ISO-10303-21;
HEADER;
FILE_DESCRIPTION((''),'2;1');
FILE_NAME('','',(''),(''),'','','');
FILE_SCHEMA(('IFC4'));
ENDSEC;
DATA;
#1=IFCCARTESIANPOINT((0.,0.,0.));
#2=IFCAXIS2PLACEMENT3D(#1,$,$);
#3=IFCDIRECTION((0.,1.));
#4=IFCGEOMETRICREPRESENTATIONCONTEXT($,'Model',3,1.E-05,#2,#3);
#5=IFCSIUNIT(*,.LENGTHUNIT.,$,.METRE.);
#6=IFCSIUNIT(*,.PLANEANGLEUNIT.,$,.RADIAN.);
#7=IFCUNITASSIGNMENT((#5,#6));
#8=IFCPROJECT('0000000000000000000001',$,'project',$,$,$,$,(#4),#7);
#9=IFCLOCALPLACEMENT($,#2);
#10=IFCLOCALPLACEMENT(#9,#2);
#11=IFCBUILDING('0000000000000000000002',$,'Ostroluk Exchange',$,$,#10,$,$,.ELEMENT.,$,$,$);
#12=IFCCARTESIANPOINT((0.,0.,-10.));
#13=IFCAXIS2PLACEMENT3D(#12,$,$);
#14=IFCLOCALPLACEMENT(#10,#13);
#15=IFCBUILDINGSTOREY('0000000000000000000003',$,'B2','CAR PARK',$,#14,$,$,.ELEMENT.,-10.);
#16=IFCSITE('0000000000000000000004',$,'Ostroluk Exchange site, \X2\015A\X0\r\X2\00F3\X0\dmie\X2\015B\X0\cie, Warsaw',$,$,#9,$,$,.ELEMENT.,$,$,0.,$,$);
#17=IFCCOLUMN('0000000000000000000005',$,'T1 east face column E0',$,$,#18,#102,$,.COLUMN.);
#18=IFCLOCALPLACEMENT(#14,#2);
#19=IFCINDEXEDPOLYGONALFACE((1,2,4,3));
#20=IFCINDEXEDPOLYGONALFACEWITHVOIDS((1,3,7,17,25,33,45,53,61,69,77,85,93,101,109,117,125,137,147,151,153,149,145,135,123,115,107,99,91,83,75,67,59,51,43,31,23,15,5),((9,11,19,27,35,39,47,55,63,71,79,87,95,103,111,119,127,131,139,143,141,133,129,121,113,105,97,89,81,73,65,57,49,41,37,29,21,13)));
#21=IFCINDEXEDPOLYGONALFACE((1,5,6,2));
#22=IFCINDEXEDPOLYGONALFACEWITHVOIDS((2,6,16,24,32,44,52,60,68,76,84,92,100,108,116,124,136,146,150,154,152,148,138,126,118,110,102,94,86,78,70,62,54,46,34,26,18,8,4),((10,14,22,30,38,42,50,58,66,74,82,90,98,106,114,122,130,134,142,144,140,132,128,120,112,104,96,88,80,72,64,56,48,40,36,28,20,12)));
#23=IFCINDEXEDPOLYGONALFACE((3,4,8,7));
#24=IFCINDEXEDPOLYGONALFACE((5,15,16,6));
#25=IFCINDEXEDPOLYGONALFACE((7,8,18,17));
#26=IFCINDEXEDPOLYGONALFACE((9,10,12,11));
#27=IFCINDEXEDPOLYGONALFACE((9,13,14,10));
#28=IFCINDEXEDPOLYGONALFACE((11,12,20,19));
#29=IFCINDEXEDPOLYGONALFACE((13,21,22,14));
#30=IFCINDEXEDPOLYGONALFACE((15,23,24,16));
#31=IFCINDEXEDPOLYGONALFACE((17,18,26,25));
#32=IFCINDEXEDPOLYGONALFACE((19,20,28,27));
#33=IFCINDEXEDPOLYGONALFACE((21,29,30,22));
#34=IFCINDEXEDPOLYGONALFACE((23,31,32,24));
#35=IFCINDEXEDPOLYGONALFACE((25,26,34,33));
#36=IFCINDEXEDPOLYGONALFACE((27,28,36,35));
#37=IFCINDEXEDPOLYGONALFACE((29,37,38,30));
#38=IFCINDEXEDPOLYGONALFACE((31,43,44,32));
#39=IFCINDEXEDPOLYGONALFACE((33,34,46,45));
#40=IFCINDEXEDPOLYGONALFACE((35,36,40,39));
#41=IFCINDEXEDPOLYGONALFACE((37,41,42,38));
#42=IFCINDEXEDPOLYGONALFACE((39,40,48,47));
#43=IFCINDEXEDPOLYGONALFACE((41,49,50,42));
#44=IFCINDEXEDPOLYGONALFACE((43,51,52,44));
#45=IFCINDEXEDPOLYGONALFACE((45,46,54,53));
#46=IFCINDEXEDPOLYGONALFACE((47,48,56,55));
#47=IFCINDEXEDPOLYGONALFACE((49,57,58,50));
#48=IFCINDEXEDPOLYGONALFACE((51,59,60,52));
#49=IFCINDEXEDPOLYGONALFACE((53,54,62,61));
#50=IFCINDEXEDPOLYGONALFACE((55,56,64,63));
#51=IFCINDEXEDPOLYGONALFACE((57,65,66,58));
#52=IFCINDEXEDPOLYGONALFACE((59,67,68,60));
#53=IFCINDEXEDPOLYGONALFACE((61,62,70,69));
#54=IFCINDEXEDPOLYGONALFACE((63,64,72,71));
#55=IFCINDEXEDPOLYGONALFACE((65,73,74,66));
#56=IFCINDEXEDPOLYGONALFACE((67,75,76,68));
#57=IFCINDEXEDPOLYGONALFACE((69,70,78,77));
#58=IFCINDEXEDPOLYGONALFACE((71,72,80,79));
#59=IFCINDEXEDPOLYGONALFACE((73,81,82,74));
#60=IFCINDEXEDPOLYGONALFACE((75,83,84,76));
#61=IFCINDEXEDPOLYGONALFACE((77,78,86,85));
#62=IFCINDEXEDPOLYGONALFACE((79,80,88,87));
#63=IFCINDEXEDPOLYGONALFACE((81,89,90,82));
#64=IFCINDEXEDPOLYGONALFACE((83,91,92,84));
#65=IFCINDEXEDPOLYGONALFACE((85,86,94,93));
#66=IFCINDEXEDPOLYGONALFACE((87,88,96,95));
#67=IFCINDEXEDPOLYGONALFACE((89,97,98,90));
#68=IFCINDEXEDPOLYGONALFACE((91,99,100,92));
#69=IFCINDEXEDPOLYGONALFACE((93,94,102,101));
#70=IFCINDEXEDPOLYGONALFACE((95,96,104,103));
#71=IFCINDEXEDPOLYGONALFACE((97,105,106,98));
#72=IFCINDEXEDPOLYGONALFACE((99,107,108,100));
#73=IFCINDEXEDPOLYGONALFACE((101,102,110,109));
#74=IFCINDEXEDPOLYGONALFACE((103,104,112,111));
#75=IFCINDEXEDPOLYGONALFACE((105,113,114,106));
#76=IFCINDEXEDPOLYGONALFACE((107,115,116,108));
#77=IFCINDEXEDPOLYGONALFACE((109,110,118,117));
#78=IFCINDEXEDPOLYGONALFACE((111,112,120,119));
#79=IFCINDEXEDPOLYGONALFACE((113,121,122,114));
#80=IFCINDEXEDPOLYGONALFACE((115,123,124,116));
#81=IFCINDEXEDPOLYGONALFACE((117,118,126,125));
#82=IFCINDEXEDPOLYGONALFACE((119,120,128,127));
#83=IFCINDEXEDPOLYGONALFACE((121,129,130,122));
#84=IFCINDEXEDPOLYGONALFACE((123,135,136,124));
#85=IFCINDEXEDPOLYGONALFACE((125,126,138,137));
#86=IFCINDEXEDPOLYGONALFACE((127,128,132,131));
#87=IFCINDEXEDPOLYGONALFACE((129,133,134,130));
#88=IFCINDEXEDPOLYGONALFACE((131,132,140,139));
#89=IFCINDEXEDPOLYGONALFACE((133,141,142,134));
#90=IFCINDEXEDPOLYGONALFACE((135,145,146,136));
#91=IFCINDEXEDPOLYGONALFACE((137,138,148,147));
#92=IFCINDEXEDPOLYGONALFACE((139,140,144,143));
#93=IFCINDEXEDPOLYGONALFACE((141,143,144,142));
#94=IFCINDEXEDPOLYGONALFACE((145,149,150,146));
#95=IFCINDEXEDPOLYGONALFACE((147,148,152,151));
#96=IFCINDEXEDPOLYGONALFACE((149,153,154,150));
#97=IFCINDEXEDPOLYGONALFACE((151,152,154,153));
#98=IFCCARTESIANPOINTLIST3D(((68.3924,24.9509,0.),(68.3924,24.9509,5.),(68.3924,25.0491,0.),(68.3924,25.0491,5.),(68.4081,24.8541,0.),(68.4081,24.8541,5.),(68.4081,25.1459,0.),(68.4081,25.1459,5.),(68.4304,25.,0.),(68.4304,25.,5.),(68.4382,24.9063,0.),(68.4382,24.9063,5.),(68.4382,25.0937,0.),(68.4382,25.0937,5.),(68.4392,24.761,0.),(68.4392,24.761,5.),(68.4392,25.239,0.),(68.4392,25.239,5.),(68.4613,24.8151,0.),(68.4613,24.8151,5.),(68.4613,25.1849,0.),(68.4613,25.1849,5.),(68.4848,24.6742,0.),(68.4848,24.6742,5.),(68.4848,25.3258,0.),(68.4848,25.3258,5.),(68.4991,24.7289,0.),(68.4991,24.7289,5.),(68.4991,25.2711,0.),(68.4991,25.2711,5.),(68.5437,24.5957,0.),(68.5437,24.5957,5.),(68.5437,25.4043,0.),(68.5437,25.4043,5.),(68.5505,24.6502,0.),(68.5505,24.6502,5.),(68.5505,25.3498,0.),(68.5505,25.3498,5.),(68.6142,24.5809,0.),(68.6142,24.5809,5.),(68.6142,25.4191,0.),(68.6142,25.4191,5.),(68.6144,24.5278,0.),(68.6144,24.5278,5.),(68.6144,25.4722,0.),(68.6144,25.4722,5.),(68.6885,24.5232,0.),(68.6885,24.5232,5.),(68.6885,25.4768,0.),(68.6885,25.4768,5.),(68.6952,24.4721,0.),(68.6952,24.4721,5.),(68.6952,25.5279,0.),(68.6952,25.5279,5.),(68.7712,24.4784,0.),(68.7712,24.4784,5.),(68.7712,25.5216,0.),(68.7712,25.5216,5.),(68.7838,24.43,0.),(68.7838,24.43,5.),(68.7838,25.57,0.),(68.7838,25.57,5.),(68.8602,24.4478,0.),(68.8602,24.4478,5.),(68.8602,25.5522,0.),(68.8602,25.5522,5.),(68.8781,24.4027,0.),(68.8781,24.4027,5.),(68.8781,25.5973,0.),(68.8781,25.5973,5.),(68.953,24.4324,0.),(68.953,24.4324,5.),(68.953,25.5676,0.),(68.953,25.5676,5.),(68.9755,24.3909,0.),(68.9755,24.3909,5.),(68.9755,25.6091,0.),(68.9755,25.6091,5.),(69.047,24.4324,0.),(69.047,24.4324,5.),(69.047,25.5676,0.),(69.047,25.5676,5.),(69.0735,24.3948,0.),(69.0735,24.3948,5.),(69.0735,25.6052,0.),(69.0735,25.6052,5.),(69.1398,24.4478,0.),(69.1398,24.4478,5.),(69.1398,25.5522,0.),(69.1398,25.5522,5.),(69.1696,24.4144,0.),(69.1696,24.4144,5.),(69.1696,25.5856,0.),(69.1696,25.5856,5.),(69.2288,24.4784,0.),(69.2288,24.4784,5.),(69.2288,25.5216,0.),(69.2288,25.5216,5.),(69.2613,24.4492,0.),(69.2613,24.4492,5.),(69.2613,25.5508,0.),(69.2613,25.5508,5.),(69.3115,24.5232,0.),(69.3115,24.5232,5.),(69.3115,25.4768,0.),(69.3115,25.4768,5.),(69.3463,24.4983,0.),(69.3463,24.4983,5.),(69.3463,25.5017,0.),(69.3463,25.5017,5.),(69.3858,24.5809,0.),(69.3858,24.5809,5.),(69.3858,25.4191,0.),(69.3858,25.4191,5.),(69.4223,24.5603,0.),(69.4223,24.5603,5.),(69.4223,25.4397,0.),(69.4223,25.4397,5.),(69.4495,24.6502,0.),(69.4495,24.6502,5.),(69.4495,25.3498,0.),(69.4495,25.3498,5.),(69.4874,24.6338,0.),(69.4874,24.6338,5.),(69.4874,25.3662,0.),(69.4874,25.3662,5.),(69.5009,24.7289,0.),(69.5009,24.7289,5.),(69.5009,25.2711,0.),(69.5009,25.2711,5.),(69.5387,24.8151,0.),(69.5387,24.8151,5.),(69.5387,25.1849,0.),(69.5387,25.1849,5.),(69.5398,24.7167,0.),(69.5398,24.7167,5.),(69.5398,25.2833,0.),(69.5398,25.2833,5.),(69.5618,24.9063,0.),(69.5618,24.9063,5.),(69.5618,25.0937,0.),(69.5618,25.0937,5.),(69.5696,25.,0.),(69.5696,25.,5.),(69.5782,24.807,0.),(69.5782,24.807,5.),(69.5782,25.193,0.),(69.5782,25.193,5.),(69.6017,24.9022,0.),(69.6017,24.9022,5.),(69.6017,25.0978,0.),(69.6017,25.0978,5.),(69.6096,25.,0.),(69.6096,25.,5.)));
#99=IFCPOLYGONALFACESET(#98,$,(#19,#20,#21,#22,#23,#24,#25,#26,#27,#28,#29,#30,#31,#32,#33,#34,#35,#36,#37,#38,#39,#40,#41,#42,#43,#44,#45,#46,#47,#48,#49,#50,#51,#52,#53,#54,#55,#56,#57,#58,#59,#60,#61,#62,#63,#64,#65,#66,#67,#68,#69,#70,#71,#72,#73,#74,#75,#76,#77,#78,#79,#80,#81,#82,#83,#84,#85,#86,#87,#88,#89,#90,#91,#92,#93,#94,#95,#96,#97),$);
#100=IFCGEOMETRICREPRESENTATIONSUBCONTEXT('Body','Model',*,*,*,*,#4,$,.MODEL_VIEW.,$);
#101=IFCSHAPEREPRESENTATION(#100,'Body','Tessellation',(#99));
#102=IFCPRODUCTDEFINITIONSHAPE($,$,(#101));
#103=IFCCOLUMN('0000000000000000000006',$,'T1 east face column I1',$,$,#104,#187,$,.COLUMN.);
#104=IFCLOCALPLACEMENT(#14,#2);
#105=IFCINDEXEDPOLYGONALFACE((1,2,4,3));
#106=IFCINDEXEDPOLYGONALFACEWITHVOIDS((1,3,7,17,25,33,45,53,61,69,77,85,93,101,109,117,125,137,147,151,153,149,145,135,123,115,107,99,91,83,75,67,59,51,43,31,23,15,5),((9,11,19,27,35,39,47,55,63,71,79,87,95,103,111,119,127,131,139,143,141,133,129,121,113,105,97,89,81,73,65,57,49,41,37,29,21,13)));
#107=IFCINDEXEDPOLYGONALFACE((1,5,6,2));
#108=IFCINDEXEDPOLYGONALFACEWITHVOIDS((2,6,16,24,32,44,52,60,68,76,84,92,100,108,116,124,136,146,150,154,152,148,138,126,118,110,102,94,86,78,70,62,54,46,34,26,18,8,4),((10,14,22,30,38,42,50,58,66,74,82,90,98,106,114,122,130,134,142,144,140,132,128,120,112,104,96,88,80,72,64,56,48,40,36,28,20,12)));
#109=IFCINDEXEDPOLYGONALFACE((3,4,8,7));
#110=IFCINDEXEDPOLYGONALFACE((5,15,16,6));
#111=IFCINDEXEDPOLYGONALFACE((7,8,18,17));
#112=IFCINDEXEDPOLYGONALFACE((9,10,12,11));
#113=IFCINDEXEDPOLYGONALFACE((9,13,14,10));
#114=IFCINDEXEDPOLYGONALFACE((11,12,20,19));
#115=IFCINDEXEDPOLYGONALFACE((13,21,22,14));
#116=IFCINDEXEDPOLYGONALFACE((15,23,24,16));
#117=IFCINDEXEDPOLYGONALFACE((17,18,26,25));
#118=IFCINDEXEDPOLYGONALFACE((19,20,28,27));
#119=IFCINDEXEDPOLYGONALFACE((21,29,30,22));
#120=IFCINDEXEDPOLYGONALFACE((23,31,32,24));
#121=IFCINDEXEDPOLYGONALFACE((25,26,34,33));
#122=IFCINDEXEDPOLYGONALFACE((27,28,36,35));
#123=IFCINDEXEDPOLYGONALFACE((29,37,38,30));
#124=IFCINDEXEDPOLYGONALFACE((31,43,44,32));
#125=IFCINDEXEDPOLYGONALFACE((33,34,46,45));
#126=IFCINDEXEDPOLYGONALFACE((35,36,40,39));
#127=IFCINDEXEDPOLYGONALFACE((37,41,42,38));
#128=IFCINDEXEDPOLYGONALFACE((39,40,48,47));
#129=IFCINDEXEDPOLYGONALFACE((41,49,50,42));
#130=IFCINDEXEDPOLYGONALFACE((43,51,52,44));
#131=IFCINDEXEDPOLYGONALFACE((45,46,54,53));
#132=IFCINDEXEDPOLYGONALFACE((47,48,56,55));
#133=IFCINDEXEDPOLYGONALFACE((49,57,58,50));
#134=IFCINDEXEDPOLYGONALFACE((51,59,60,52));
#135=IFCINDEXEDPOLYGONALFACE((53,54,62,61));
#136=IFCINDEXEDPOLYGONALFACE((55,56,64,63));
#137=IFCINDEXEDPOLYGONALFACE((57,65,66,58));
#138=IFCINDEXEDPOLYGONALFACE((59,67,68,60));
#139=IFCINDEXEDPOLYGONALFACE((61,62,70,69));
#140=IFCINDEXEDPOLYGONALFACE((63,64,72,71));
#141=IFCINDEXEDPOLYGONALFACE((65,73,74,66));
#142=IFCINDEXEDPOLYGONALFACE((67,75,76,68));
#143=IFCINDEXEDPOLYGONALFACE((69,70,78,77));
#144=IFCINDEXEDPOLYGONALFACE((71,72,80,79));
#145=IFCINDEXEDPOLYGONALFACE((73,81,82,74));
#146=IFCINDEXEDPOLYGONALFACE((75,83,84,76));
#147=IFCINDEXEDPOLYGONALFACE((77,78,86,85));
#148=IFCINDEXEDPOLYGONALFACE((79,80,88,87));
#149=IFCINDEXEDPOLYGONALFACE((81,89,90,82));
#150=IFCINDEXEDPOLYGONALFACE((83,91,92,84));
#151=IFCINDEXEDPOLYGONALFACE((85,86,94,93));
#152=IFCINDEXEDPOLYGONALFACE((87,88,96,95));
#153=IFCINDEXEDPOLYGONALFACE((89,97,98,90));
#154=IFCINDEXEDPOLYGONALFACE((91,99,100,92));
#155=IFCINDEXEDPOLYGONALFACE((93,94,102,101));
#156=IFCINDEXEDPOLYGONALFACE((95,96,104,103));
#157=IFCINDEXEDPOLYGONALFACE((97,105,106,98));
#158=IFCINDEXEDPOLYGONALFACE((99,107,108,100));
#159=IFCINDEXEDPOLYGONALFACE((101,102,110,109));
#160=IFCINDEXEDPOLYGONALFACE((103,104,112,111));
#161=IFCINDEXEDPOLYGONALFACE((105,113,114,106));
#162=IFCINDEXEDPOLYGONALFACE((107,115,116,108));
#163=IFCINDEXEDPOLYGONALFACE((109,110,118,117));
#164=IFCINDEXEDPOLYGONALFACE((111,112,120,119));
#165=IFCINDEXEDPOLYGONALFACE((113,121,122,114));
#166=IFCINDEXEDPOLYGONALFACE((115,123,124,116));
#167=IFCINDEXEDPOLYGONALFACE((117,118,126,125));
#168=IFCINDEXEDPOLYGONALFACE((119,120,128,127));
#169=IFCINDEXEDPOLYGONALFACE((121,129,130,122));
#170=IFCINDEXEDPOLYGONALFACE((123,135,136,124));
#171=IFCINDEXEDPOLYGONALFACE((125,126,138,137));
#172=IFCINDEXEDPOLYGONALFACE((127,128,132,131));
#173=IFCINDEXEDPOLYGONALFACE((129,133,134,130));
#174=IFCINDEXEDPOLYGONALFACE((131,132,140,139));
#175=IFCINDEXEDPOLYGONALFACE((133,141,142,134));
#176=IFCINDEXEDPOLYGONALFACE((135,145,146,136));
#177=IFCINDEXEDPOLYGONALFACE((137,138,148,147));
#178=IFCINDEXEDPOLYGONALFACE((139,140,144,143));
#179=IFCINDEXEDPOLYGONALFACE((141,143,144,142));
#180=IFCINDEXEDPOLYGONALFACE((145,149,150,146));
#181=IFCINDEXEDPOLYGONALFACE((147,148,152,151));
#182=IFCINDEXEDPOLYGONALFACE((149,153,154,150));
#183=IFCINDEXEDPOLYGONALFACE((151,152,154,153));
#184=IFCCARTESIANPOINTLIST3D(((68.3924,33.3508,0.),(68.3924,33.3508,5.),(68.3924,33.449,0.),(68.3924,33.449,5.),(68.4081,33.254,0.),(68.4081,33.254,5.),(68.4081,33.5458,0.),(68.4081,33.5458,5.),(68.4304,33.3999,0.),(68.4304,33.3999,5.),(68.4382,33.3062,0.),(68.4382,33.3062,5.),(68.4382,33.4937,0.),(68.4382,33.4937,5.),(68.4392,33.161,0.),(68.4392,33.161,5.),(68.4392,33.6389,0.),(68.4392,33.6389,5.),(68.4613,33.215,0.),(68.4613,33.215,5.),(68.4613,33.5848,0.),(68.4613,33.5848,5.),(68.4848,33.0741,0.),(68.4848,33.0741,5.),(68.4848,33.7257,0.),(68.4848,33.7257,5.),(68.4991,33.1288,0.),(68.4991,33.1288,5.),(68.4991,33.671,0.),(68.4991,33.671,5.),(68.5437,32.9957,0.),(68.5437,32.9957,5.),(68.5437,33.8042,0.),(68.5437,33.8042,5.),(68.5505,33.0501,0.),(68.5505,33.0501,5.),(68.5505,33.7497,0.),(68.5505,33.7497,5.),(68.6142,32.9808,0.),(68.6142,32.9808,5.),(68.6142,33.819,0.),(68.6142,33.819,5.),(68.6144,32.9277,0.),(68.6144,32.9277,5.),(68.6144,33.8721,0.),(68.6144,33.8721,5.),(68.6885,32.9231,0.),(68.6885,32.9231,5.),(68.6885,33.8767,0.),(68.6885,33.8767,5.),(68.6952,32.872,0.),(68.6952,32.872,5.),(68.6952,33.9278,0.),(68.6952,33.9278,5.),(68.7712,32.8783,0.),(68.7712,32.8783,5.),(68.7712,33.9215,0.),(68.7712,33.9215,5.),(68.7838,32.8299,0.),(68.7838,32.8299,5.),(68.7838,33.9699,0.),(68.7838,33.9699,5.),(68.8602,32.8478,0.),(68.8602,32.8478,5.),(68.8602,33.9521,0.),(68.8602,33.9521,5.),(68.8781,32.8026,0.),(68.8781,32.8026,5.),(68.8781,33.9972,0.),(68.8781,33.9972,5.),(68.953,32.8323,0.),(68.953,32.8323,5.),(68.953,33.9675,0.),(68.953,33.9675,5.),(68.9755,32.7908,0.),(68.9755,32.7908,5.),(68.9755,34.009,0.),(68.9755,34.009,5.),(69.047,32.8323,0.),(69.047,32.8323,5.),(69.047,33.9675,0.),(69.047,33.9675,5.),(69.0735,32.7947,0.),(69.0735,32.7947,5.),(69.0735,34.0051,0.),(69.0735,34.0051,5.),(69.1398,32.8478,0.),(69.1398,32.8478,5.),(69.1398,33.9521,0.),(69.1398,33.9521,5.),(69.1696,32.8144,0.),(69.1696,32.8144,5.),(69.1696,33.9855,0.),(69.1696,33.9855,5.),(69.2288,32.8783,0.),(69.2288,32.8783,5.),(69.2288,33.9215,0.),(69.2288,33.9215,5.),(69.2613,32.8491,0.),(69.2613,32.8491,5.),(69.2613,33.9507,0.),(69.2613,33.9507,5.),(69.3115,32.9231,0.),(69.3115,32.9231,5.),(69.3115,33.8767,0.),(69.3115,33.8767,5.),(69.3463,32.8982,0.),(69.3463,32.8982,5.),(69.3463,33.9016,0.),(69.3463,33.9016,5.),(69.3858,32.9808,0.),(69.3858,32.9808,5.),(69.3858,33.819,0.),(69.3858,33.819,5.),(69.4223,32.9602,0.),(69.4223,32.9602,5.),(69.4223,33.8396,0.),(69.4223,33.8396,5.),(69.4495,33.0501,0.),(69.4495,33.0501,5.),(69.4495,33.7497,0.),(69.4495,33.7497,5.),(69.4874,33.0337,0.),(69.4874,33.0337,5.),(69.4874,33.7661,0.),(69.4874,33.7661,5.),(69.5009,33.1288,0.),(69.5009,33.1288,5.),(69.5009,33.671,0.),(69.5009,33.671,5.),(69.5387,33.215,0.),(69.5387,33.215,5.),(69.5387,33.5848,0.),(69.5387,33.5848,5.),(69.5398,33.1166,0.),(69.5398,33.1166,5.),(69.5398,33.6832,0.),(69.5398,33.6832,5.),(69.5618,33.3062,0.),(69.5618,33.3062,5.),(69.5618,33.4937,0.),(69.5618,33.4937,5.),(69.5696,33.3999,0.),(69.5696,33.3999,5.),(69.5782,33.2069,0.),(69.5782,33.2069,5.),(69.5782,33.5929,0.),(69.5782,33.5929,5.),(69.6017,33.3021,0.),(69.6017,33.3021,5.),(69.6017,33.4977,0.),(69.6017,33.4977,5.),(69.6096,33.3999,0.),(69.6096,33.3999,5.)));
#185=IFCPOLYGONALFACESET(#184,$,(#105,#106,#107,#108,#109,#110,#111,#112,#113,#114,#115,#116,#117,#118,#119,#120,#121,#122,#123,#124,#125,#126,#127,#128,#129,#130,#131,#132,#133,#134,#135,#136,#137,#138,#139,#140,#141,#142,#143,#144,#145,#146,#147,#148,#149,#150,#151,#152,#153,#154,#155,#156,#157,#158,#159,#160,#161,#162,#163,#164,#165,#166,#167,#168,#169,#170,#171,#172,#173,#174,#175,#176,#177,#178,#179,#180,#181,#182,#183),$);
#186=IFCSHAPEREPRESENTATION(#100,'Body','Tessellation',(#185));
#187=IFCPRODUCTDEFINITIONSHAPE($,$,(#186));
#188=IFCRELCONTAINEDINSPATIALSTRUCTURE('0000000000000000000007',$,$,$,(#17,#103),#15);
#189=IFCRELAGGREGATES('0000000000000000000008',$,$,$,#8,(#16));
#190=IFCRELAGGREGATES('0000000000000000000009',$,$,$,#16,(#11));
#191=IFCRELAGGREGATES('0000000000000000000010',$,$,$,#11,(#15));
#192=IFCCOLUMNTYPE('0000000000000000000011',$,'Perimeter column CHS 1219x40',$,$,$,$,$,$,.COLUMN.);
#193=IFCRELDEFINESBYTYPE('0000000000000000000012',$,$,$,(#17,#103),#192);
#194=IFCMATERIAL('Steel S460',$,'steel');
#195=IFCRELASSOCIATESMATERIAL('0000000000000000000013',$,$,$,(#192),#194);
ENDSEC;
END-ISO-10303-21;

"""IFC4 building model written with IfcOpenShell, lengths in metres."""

from ifc_helpers import new_model, si_unit, direction, frame, origin, origin_2d, place, context, subcontext, project, spatial, hollow_circle, extrude, material, material_profile, profile_set, type_object, element, save


model = new_model("IFC4")

# Units and contexts
model_context = context("Model", 3, precision=1e-05, world=origin(), true_north=direction((0.0, 1.0)))
body_context = subcontext(model_context, "Body", "Model", "MODEL_VIEW")
ifc_project = project(units=[si_unit("LENGTHUNIT", "METRE"), si_unit("PLANEANGLEUNIT", "RADIAN")], contexts=[model_context])

# Site, building, storey
site_placement = place(None, origin())
site = spatial("IfcSite", under=ifc_project, at=site_placement, Name="Ostroluk Exchange site, Śródmieście, Warsaw", CompositionType="ELEMENT", RefElevation=0.0)
building_placement = place(site_placement, origin())
building = spatial("IfcBuilding", under=site, at=building_placement, Name="Ostroluk Exchange", CompositionType="ELEMENT")
storey_placement = place(building_placement, frame((0.0, 0.0, -10.0)))
storey = spatial("IfcBuildingStorey", under=building, at=storey_placement, Name="B2", Description="CAR PARK", CompositionType="ELEMENT", Elevation=-10.0)

# Columns
ifc_material_1 = material(Name="Steel S460", Category="steel")
ifc_material_profile_1 = material_profile(ifc_material_1, hollow_circle(Radius=0.6096, WallThickness=0.04, at=origin_2d()), Name="CHS 1219x40")
ifc_profile_set_1 = profile_set([ifc_material_profile_1], Name="Steel S460")
column_type_1 = type_object("IfcColumnType", Name="Perimeter column CHS 1219x40", PredefinedType="COLUMN", material=ifc_profile_set_1)
for number, where, z_axis, x_axis, name in (
    (1, (69.0, 25.0, 0.0), (0.0, 0.0, 1.0), (1.0, 0.0, 0.0), "T1 east face column E0"),
    (2, (69.0, 33.3999, 0.0), (0.0, 0.0, 1.0), (1.0, 0.0, 0.0), "T1 east face column I1"),
):
    element("IfcColumn", number, at=place(storey_placement, frame(where, z_axis=z_axis, x_axis=x_axis)), inside=storey, type_object=column_type_1, Name=name, PredefinedType="COLUMN", context=body_context, shape_type="SweptSolid", body=[
        extrude(hollow_circle(Radius=0.6096, WallThickness=0.04, at=origin_2d()), origin(), (0.0, 0.0, 1.0), 5.0),
    ])

save(model, "model.ifc")
